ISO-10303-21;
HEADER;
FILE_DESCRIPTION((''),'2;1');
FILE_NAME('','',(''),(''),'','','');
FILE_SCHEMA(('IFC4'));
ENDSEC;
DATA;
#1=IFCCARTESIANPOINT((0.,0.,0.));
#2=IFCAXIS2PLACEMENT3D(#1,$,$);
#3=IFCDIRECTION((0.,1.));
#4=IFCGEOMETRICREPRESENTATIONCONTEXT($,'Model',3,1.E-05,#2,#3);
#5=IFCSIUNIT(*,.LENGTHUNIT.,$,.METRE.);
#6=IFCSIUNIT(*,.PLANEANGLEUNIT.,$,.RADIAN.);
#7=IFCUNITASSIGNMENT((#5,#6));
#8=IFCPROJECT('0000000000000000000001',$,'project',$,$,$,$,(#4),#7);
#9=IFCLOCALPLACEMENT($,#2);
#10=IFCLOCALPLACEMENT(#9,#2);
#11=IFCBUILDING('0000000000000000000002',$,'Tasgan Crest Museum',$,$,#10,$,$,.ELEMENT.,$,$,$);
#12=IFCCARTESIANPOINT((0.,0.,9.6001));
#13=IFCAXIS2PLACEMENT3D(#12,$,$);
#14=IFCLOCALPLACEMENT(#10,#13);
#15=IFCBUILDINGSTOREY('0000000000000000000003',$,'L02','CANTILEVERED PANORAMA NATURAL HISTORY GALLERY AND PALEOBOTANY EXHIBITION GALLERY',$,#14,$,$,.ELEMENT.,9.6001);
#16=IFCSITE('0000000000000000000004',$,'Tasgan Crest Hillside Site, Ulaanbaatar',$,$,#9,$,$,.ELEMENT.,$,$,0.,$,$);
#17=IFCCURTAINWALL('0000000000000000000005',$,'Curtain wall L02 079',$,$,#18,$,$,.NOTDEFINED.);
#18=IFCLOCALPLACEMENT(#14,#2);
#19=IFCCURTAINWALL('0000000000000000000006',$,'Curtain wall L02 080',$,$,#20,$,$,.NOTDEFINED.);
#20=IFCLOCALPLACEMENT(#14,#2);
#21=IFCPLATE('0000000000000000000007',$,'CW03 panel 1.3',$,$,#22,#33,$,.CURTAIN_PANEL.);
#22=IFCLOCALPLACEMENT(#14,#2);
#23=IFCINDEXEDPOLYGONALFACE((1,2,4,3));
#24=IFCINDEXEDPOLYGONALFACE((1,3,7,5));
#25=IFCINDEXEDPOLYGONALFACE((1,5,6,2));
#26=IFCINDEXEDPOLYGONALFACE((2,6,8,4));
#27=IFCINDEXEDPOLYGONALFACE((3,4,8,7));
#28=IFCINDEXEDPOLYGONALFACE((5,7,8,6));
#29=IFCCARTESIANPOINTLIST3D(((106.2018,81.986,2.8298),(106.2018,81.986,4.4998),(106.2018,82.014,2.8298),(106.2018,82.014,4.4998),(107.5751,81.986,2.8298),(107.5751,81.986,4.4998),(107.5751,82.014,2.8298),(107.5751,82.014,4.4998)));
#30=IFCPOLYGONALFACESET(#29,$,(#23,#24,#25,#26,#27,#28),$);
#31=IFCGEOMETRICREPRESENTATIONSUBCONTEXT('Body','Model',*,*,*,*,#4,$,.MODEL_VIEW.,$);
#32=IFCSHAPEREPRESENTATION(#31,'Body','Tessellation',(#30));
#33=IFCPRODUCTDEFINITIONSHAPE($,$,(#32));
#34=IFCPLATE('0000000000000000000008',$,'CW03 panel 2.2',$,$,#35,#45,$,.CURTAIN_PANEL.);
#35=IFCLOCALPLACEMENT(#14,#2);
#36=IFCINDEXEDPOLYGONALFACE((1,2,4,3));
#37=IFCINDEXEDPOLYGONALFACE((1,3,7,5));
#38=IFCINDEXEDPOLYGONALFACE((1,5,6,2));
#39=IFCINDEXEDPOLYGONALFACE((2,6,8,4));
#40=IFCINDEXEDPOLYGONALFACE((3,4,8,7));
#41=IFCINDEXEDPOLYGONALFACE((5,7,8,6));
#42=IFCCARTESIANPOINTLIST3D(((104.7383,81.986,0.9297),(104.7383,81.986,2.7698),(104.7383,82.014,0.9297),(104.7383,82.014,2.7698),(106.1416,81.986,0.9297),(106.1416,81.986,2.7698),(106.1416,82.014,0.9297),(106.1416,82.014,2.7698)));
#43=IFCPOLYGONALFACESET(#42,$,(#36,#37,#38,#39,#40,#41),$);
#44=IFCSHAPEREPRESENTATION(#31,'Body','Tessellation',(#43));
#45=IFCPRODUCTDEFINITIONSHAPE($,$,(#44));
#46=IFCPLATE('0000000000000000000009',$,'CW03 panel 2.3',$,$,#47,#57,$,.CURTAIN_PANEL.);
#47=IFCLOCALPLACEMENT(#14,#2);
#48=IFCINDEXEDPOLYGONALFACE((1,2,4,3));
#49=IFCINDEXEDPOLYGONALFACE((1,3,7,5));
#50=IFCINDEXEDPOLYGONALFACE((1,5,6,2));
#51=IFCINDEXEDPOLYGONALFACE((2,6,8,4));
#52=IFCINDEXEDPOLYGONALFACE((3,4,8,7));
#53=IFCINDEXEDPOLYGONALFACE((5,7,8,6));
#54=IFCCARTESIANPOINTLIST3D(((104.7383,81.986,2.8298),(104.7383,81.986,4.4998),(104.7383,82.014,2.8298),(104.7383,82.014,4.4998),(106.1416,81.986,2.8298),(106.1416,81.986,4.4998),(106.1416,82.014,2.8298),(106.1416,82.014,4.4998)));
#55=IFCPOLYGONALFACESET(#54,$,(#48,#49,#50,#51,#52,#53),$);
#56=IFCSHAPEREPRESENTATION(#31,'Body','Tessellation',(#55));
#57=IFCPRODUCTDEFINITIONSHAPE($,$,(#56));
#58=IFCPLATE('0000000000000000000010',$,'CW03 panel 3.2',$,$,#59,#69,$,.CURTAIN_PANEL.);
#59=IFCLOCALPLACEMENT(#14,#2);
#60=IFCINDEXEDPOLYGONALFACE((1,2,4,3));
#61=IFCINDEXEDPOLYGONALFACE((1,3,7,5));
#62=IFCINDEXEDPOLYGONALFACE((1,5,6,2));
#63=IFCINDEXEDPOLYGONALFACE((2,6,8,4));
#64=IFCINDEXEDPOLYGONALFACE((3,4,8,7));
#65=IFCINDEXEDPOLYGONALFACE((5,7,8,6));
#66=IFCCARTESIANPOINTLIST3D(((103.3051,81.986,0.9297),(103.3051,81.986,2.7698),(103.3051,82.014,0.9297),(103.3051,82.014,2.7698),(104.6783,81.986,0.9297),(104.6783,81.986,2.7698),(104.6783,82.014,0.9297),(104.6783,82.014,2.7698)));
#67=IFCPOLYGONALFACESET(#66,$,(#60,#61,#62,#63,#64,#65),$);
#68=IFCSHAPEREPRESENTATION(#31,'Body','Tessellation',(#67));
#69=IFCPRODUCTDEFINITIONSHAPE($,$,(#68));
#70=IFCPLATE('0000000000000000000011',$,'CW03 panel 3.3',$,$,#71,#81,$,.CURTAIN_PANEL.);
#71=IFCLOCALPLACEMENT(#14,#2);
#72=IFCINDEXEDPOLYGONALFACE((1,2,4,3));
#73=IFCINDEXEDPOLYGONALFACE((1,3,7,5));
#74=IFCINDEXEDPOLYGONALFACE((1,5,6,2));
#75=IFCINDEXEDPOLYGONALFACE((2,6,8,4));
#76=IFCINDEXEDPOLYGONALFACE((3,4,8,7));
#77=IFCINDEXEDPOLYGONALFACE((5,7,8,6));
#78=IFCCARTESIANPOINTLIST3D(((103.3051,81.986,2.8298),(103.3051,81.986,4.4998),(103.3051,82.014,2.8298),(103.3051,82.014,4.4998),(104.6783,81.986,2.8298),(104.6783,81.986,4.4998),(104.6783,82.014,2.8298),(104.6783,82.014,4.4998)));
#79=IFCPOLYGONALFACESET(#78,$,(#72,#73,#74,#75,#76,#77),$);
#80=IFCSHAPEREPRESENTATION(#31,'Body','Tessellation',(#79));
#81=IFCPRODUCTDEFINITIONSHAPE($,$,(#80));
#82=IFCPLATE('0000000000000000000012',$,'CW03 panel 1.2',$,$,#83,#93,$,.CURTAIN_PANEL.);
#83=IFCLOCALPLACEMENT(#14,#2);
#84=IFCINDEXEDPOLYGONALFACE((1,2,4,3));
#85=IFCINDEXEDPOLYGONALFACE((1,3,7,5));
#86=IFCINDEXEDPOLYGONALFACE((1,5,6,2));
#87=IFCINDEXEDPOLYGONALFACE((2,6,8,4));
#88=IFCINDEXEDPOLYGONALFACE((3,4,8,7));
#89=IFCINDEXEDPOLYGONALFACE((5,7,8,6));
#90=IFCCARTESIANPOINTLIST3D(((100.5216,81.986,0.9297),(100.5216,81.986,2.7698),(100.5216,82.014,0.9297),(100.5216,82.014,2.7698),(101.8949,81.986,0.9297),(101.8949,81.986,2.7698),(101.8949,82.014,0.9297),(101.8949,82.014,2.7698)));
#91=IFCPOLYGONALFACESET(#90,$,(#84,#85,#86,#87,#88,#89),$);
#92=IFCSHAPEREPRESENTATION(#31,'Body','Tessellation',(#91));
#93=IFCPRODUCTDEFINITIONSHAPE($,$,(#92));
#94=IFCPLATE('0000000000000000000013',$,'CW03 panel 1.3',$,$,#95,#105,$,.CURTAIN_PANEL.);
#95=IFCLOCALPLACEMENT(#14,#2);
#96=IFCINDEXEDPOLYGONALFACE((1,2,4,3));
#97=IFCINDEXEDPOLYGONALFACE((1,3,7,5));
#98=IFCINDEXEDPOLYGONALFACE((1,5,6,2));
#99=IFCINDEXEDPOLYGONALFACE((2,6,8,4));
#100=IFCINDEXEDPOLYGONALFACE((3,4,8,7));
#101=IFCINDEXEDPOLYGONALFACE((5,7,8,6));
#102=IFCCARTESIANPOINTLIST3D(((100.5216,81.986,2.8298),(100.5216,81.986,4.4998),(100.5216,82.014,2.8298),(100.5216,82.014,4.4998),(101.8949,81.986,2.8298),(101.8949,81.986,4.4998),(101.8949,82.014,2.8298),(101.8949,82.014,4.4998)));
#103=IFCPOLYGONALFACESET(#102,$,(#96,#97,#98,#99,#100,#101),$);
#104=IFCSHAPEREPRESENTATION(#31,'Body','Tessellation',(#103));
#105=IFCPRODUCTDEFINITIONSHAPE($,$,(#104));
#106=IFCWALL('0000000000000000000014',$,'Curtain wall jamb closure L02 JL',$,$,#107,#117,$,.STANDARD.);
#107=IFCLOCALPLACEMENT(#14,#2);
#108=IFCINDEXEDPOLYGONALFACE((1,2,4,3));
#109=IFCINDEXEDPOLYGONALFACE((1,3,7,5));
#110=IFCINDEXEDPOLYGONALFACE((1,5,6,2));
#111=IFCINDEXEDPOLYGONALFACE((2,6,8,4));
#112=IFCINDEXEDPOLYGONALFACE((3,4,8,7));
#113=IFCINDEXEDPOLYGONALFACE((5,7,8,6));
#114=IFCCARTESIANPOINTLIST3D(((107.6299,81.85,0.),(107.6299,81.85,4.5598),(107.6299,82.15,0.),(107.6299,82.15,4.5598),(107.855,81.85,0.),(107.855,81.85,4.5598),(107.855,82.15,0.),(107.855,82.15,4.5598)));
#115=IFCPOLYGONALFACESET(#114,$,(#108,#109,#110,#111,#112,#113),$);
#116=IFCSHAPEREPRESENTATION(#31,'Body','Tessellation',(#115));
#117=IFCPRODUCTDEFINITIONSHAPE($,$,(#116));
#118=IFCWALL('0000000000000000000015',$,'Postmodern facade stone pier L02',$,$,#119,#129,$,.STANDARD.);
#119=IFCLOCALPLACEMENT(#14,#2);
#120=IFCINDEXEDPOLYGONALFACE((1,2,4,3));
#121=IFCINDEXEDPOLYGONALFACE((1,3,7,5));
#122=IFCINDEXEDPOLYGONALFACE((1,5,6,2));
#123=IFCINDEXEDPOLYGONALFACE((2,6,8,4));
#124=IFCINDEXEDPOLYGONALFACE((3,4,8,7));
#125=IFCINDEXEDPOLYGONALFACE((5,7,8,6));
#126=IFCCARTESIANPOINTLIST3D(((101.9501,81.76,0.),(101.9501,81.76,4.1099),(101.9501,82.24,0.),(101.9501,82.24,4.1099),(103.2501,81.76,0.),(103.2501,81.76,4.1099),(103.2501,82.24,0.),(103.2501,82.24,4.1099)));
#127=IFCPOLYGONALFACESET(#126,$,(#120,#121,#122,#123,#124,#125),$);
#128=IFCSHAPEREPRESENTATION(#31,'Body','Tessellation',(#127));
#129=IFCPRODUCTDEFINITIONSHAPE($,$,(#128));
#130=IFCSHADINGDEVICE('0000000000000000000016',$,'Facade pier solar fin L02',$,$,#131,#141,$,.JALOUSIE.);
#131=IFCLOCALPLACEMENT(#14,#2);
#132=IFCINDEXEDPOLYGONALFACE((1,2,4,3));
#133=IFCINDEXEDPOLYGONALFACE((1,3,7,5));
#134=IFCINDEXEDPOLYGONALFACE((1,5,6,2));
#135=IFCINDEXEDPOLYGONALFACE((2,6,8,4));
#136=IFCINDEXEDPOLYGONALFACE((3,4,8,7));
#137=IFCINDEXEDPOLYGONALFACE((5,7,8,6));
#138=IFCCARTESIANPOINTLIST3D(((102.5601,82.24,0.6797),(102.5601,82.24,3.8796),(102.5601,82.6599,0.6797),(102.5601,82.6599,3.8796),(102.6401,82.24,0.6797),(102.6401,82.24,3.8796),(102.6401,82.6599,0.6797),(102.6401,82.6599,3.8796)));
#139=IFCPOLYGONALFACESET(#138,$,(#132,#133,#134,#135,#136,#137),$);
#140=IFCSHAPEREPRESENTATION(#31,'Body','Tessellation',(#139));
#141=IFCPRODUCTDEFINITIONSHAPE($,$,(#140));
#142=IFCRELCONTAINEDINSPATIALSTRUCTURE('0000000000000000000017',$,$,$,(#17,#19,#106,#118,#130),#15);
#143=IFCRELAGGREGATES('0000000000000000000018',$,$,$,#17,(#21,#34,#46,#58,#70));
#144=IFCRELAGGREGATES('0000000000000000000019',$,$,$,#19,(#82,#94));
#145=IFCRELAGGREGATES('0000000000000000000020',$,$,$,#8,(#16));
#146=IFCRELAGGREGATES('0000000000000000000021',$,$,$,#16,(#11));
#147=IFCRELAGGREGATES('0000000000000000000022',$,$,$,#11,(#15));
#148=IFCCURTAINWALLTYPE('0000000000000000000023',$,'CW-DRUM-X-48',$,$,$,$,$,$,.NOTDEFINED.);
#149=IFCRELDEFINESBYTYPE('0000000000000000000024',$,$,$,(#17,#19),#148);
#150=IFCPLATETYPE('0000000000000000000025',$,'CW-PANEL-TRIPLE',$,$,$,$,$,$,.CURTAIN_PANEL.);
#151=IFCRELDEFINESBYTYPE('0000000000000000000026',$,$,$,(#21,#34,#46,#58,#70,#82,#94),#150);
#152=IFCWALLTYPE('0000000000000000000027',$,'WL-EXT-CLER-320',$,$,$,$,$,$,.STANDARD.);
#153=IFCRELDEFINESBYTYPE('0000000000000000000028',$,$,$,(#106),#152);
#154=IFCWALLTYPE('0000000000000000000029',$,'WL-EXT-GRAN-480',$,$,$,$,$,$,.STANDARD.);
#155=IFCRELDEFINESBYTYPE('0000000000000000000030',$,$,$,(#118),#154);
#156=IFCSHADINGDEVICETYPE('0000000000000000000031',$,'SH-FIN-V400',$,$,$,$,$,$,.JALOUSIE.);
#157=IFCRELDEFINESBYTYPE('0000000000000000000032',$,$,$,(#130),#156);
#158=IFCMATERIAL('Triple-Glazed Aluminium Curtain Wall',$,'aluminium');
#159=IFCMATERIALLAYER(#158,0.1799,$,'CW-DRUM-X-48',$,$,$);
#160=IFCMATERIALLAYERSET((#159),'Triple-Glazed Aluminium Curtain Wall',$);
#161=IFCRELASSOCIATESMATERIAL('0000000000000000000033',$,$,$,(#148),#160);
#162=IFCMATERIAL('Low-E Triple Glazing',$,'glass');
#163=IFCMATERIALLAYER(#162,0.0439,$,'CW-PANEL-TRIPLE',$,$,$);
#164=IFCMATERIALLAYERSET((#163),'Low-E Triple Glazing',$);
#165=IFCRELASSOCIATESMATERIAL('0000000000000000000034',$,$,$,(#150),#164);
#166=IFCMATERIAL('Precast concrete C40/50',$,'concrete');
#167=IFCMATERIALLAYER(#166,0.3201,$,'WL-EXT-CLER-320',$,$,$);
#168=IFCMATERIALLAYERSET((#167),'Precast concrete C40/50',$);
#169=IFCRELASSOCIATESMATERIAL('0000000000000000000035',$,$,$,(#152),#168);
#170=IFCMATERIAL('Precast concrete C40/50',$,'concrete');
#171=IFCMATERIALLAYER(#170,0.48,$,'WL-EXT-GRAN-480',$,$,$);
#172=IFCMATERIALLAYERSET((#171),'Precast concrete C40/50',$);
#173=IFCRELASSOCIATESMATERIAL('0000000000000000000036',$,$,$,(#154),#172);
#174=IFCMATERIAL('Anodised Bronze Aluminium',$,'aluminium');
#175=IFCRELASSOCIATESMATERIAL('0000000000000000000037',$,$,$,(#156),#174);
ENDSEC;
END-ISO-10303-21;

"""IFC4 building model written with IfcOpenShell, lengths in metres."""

from ifc_helpers import new_model, si_unit, direction, frame, frame_2d, origin, origin_2d, place, context, subcontext, project, spatial, rectangle, extrude, material, layer, layer_set, type_object, element, aggregate, save


model = new_model("IFC4")

# Units and contexts
model_context = context("Model", 3, precision=1e-05, world=origin(), true_north=direction((0.0, 1.0)))
body_context = subcontext(model_context, "Body", "Model", "MODEL_VIEW")
ifc_project = project(units=[si_unit("LENGTHUNIT", "METRE"), si_unit("PLANEANGLEUNIT", "RADIAN")], contexts=[model_context])

# Site, building, storey
site_placement = place(None, origin())
site = spatial("IfcSite", under=ifc_project, at=site_placement, Name="Tasgan Crest Hillside Site, Ulaanbaatar", CompositionType="ELEMENT", RefElevation=0.0)
building_placement = place(site_placement, origin())
building = spatial("IfcBuilding", under=site, at=building_placement, Name="Tasgan Crest Museum", CompositionType="ELEMENT")
storey_placement = place(building_placement, frame((0.0, 0.0, 9.6001)))
storey = spatial("IfcBuildingStorey", under=building, at=storey_placement, Name="L02", Description="CANTILEVERED PANORAMA NATURAL HISTORY GALLERY AND PALEOBOTANY EXHIBITION GALLERY", CompositionType="ELEMENT", Elevation=9.6001)

# Curtain wall
ifc_material_1 = material(Name="Triple-Glazed Aluminium Curtain Wall", Category="aluminium")
ifc_layer_1 = layer(ifc_material_1, 0.1799, Name="CW-DRUM-X-48")
ifc_layer_set_1 = layer_set([ifc_layer_1], Name="Triple-Glazed Aluminium Curtain Wall")
curtain_wall_type = type_object("IfcCurtainWallType", Name="CW-DRUM-X-48", PredefinedType="NOTDEFINED", material=ifc_layer_set_1)
curtain_wall_1_placement = place(storey_placement, origin())
curtain_wall_1 = element("IfcCurtainWall", 1, at=curtain_wall_1_placement, inside=storey, type_object=curtain_wall_type, Name="Curtain wall L02 079", PredefinedType="NOTDEFINED")

# Curtain wall
curtain_wall_2_placement = place(storey_placement, origin())
curtain_wall_2 = element("IfcCurtainWall", 2, at=curtain_wall_2_placement, inside=storey, type_object=curtain_wall_type, Name="Curtain wall L02 080", PredefinedType="NOTDEFINED")

# Plates
ifc_material_2 = material(Name="Low-E Triple Glazing", Category="glass")
ifc_layer_2 = layer(ifc_material_2, 0.0439, Name="CW-PANEL-TRIPLE")
ifc_layer_set_2 = layer_set([ifc_layer_2], Name="Low-E Triple Glazing")
plate_type_1 = type_object("IfcPlateType", Name="CW-PANEL-TRIPLE", PredefinedType="CURTAIN_PANEL", material=ifc_layer_set_2)
plate_1_placement = place(storey_placement, frame((106.8884, 82.0, 2.8298), z_axis=(0.0, 0.0, 1.0), x_axis=(-1.0, 0.0, 0.0)))
plate_1 = element("IfcPlate", 3, at=plate_1_placement, type_object=plate_type_1, Name="CW03 panel 1.3", PredefinedType="CURTAIN_PANEL", context=body_context, shape_type="SweptSolid", body=[
    extrude(rectangle(XDim=1.3733, YDim=0.0281, at=origin_2d()), origin(), (0.0, 0.0, 1.0), 1.6699),
])
plate_2_placement = place(storey_placement, frame((105.4399, 82.0, 0.9297), z_axis=(0.0, 0.0, 1.0), x_axis=(-1.0, 0.0, 0.0)))
plate_2 = element("IfcPlate", 4, at=plate_2_placement, type_object=plate_type_1, Name="CW03 panel 2.2", PredefinedType="CURTAIN_PANEL", context=body_context, shape_type="SweptSolid", body=[
    extrude(rectangle(XDim=1.4033, YDim=0.0281, at=origin_2d()), origin(), (0.0, 0.0, 1.0), 1.8401),
])
plate_3_placement = place(storey_placement, frame((105.4399, 82.0, 2.8298), z_axis=(0.0, 0.0, 1.0), x_axis=(-1.0, 0.0, 0.0)))
plate_3 = element("IfcPlate", 5, at=plate_3_placement, type_object=plate_type_1, Name="CW03 panel 2.3", PredefinedType="CURTAIN_PANEL", context=body_context, shape_type="SweptSolid", body=[
    extrude(rectangle(XDim=1.4033, YDim=0.0281, at=origin_2d()), origin(), (0.0, 0.0, 1.0), 1.6699),
])
plate_4_placement = place(storey_placement, frame((103.9917, 82.0, 0.9297), z_axis=(0.0, 0.0, 1.0), x_axis=(-1.0, 0.0, 0.0)))
plate_4 = element("IfcPlate", 6, at=plate_4_placement, type_object=plate_type_1, Name="CW03 panel 3.2", PredefinedType="CURTAIN_PANEL", context=body_context, shape_type="SweptSolid", body=[
    extrude(rectangle(XDim=1.3733, YDim=0.0281, at=origin_2d()), origin(), (0.0, 0.0, 1.0), 1.8401),
])
plate_5_placement = place(storey_placement, frame((103.9917, 82.0, 2.8298), z_axis=(0.0, 0.0, 1.0), x_axis=(-1.0, 0.0, 0.0)))
plate_5 = element("IfcPlate", 7, at=plate_5_placement, type_object=plate_type_1, Name="CW03 panel 3.3", PredefinedType="CURTAIN_PANEL", context=body_context, shape_type="SweptSolid", body=[
    extrude(rectangle(XDim=1.3733, YDim=0.0281, at=origin_2d()), origin(), (0.0, 0.0, 1.0), 1.6699),
])
aggregate(curtain_wall_1, [plate_1, plate_2, plate_3, plate_4, plate_5])
plate_6_placement = place(storey_placement, frame((101.2083, 82.0, 0.9297), z_axis=(0.0, 0.0, 1.0), x_axis=(-1.0, 0.0, 0.0)))
plate_6 = element("IfcPlate", 8, at=plate_6_placement, type_object=plate_type_1, Name="CW03 panel 1.2", PredefinedType="CURTAIN_PANEL", context=body_context, shape_type="SweptSolid", body=[
    extrude(rectangle(XDim=1.3733, YDim=0.0281, at=origin_2d()), origin(), (0.0, 0.0, 1.0), 1.8401),
])
plate_7_placement = place(storey_placement, frame((101.2083, 82.0, 2.8298), z_axis=(0.0, 0.0, 1.0), x_axis=(-1.0, 0.0, 0.0)))
plate_7 = element("IfcPlate", 9, at=plate_7_placement, type_object=plate_type_1, Name="CW03 panel 1.3", PredefinedType="CURTAIN_PANEL", context=body_context, shape_type="SweptSolid", body=[
    extrude(rectangle(XDim=1.3733, YDim=0.0281, at=origin_2d()), origin(), (0.0, 0.0, 1.0), 1.6699),
])
aggregate(curtain_wall_2, [plate_6, plate_7])

# Walls
ifc_material_3 = material(Name="Precast concrete C40/50", Category="concrete")
ifc_layer_3 = layer(ifc_material_3, 0.3201, Name="WL-EXT-CLER-320")
ifc_layer_set_3 = layer_set([ifc_layer_3], Name="Precast concrete C40/50")
wall_type_1 = type_object("IfcWallType", Name="WL-EXT-CLER-320", PredefinedType="STANDARD", material=ifc_layer_set_3)
wall_1_placement = place(storey_placement, frame((107.855, 82.0, 0.0), z_axis=(0.0, 0.0, 1.0), x_axis=(-1.0, 0.0, 0.0)))
element("IfcWall", 10, at=wall_1_placement, inside=storey, type_object=wall_type_1, Name="Curtain wall jamb closure L02 JL", PredefinedType="STANDARD", context=body_context, shape_type="SweptSolid", body=[
    extrude(rectangle(XDim=0.2251, YDim=0.3, at=frame_2d((0.1125, 0.0))), origin(), (0.0, 0.0, 1.0), 4.5598),
])
ifc_material_4 = material(Name="Precast concrete C40/50", Category="concrete")
ifc_layer_4 = layer(ifc_material_4, 0.48, Name="WL-EXT-GRAN-480")
ifc_layer_set_4 = layer_set([ifc_layer_4], Name="Precast concrete C40/50")
wall_type_2 = type_object("IfcWallType", Name="WL-EXT-GRAN-480", PredefinedType="STANDARD", material=ifc_layer_set_4)
wall_2_placement = place(storey_placement, frame((103.25, 82.0, 0.0), z_axis=(0.0, 0.0, 1.0), x_axis=(-1.0, 0.0, 0.0)))
element("IfcWall", 11, at=wall_2_placement, inside=storey, type_object=wall_type_2, Name="Postmodern facade stone pier L02", PredefinedType="STANDARD", context=body_context, shape_type="SweptSolid", body=[
    extrude(rectangle(XDim=1.3, YDim=0.48, at=frame_2d((0.6499, 0.0))), origin(), (0.0, 0.0, 1.0), 4.1099),
])

# Shading device
ifc_material_5 = material(Name="Anodised Bronze Aluminium", Category="aluminium")
shading_device_type = type_object("IfcShadingDeviceType", Name="SH-FIN-V400", PredefinedType="JALOUSIE", material=ifc_material_5)
shading_device_placement = place(storey_placement, frame((102.6001, 82.45, 0.6797), z_axis=(0.0, 0.0, 1.0), x_axis=(-1.0, 0.0, 0.0)))
element("IfcShadingDevice", 12, at=shading_device_placement, inside=storey, type_object=shading_device_type, Name="Facade pier solar fin L02", PredefinedType="JALOUSIE", context=body_context, shape_type="SweptSolid", body=[
    extrude(rectangle(XDim=0.0801, YDim=0.4199, at=origin_2d()), origin(), (0.0, 0.0, 1.0), 3.2),
])

save(model, "model.ifc")
